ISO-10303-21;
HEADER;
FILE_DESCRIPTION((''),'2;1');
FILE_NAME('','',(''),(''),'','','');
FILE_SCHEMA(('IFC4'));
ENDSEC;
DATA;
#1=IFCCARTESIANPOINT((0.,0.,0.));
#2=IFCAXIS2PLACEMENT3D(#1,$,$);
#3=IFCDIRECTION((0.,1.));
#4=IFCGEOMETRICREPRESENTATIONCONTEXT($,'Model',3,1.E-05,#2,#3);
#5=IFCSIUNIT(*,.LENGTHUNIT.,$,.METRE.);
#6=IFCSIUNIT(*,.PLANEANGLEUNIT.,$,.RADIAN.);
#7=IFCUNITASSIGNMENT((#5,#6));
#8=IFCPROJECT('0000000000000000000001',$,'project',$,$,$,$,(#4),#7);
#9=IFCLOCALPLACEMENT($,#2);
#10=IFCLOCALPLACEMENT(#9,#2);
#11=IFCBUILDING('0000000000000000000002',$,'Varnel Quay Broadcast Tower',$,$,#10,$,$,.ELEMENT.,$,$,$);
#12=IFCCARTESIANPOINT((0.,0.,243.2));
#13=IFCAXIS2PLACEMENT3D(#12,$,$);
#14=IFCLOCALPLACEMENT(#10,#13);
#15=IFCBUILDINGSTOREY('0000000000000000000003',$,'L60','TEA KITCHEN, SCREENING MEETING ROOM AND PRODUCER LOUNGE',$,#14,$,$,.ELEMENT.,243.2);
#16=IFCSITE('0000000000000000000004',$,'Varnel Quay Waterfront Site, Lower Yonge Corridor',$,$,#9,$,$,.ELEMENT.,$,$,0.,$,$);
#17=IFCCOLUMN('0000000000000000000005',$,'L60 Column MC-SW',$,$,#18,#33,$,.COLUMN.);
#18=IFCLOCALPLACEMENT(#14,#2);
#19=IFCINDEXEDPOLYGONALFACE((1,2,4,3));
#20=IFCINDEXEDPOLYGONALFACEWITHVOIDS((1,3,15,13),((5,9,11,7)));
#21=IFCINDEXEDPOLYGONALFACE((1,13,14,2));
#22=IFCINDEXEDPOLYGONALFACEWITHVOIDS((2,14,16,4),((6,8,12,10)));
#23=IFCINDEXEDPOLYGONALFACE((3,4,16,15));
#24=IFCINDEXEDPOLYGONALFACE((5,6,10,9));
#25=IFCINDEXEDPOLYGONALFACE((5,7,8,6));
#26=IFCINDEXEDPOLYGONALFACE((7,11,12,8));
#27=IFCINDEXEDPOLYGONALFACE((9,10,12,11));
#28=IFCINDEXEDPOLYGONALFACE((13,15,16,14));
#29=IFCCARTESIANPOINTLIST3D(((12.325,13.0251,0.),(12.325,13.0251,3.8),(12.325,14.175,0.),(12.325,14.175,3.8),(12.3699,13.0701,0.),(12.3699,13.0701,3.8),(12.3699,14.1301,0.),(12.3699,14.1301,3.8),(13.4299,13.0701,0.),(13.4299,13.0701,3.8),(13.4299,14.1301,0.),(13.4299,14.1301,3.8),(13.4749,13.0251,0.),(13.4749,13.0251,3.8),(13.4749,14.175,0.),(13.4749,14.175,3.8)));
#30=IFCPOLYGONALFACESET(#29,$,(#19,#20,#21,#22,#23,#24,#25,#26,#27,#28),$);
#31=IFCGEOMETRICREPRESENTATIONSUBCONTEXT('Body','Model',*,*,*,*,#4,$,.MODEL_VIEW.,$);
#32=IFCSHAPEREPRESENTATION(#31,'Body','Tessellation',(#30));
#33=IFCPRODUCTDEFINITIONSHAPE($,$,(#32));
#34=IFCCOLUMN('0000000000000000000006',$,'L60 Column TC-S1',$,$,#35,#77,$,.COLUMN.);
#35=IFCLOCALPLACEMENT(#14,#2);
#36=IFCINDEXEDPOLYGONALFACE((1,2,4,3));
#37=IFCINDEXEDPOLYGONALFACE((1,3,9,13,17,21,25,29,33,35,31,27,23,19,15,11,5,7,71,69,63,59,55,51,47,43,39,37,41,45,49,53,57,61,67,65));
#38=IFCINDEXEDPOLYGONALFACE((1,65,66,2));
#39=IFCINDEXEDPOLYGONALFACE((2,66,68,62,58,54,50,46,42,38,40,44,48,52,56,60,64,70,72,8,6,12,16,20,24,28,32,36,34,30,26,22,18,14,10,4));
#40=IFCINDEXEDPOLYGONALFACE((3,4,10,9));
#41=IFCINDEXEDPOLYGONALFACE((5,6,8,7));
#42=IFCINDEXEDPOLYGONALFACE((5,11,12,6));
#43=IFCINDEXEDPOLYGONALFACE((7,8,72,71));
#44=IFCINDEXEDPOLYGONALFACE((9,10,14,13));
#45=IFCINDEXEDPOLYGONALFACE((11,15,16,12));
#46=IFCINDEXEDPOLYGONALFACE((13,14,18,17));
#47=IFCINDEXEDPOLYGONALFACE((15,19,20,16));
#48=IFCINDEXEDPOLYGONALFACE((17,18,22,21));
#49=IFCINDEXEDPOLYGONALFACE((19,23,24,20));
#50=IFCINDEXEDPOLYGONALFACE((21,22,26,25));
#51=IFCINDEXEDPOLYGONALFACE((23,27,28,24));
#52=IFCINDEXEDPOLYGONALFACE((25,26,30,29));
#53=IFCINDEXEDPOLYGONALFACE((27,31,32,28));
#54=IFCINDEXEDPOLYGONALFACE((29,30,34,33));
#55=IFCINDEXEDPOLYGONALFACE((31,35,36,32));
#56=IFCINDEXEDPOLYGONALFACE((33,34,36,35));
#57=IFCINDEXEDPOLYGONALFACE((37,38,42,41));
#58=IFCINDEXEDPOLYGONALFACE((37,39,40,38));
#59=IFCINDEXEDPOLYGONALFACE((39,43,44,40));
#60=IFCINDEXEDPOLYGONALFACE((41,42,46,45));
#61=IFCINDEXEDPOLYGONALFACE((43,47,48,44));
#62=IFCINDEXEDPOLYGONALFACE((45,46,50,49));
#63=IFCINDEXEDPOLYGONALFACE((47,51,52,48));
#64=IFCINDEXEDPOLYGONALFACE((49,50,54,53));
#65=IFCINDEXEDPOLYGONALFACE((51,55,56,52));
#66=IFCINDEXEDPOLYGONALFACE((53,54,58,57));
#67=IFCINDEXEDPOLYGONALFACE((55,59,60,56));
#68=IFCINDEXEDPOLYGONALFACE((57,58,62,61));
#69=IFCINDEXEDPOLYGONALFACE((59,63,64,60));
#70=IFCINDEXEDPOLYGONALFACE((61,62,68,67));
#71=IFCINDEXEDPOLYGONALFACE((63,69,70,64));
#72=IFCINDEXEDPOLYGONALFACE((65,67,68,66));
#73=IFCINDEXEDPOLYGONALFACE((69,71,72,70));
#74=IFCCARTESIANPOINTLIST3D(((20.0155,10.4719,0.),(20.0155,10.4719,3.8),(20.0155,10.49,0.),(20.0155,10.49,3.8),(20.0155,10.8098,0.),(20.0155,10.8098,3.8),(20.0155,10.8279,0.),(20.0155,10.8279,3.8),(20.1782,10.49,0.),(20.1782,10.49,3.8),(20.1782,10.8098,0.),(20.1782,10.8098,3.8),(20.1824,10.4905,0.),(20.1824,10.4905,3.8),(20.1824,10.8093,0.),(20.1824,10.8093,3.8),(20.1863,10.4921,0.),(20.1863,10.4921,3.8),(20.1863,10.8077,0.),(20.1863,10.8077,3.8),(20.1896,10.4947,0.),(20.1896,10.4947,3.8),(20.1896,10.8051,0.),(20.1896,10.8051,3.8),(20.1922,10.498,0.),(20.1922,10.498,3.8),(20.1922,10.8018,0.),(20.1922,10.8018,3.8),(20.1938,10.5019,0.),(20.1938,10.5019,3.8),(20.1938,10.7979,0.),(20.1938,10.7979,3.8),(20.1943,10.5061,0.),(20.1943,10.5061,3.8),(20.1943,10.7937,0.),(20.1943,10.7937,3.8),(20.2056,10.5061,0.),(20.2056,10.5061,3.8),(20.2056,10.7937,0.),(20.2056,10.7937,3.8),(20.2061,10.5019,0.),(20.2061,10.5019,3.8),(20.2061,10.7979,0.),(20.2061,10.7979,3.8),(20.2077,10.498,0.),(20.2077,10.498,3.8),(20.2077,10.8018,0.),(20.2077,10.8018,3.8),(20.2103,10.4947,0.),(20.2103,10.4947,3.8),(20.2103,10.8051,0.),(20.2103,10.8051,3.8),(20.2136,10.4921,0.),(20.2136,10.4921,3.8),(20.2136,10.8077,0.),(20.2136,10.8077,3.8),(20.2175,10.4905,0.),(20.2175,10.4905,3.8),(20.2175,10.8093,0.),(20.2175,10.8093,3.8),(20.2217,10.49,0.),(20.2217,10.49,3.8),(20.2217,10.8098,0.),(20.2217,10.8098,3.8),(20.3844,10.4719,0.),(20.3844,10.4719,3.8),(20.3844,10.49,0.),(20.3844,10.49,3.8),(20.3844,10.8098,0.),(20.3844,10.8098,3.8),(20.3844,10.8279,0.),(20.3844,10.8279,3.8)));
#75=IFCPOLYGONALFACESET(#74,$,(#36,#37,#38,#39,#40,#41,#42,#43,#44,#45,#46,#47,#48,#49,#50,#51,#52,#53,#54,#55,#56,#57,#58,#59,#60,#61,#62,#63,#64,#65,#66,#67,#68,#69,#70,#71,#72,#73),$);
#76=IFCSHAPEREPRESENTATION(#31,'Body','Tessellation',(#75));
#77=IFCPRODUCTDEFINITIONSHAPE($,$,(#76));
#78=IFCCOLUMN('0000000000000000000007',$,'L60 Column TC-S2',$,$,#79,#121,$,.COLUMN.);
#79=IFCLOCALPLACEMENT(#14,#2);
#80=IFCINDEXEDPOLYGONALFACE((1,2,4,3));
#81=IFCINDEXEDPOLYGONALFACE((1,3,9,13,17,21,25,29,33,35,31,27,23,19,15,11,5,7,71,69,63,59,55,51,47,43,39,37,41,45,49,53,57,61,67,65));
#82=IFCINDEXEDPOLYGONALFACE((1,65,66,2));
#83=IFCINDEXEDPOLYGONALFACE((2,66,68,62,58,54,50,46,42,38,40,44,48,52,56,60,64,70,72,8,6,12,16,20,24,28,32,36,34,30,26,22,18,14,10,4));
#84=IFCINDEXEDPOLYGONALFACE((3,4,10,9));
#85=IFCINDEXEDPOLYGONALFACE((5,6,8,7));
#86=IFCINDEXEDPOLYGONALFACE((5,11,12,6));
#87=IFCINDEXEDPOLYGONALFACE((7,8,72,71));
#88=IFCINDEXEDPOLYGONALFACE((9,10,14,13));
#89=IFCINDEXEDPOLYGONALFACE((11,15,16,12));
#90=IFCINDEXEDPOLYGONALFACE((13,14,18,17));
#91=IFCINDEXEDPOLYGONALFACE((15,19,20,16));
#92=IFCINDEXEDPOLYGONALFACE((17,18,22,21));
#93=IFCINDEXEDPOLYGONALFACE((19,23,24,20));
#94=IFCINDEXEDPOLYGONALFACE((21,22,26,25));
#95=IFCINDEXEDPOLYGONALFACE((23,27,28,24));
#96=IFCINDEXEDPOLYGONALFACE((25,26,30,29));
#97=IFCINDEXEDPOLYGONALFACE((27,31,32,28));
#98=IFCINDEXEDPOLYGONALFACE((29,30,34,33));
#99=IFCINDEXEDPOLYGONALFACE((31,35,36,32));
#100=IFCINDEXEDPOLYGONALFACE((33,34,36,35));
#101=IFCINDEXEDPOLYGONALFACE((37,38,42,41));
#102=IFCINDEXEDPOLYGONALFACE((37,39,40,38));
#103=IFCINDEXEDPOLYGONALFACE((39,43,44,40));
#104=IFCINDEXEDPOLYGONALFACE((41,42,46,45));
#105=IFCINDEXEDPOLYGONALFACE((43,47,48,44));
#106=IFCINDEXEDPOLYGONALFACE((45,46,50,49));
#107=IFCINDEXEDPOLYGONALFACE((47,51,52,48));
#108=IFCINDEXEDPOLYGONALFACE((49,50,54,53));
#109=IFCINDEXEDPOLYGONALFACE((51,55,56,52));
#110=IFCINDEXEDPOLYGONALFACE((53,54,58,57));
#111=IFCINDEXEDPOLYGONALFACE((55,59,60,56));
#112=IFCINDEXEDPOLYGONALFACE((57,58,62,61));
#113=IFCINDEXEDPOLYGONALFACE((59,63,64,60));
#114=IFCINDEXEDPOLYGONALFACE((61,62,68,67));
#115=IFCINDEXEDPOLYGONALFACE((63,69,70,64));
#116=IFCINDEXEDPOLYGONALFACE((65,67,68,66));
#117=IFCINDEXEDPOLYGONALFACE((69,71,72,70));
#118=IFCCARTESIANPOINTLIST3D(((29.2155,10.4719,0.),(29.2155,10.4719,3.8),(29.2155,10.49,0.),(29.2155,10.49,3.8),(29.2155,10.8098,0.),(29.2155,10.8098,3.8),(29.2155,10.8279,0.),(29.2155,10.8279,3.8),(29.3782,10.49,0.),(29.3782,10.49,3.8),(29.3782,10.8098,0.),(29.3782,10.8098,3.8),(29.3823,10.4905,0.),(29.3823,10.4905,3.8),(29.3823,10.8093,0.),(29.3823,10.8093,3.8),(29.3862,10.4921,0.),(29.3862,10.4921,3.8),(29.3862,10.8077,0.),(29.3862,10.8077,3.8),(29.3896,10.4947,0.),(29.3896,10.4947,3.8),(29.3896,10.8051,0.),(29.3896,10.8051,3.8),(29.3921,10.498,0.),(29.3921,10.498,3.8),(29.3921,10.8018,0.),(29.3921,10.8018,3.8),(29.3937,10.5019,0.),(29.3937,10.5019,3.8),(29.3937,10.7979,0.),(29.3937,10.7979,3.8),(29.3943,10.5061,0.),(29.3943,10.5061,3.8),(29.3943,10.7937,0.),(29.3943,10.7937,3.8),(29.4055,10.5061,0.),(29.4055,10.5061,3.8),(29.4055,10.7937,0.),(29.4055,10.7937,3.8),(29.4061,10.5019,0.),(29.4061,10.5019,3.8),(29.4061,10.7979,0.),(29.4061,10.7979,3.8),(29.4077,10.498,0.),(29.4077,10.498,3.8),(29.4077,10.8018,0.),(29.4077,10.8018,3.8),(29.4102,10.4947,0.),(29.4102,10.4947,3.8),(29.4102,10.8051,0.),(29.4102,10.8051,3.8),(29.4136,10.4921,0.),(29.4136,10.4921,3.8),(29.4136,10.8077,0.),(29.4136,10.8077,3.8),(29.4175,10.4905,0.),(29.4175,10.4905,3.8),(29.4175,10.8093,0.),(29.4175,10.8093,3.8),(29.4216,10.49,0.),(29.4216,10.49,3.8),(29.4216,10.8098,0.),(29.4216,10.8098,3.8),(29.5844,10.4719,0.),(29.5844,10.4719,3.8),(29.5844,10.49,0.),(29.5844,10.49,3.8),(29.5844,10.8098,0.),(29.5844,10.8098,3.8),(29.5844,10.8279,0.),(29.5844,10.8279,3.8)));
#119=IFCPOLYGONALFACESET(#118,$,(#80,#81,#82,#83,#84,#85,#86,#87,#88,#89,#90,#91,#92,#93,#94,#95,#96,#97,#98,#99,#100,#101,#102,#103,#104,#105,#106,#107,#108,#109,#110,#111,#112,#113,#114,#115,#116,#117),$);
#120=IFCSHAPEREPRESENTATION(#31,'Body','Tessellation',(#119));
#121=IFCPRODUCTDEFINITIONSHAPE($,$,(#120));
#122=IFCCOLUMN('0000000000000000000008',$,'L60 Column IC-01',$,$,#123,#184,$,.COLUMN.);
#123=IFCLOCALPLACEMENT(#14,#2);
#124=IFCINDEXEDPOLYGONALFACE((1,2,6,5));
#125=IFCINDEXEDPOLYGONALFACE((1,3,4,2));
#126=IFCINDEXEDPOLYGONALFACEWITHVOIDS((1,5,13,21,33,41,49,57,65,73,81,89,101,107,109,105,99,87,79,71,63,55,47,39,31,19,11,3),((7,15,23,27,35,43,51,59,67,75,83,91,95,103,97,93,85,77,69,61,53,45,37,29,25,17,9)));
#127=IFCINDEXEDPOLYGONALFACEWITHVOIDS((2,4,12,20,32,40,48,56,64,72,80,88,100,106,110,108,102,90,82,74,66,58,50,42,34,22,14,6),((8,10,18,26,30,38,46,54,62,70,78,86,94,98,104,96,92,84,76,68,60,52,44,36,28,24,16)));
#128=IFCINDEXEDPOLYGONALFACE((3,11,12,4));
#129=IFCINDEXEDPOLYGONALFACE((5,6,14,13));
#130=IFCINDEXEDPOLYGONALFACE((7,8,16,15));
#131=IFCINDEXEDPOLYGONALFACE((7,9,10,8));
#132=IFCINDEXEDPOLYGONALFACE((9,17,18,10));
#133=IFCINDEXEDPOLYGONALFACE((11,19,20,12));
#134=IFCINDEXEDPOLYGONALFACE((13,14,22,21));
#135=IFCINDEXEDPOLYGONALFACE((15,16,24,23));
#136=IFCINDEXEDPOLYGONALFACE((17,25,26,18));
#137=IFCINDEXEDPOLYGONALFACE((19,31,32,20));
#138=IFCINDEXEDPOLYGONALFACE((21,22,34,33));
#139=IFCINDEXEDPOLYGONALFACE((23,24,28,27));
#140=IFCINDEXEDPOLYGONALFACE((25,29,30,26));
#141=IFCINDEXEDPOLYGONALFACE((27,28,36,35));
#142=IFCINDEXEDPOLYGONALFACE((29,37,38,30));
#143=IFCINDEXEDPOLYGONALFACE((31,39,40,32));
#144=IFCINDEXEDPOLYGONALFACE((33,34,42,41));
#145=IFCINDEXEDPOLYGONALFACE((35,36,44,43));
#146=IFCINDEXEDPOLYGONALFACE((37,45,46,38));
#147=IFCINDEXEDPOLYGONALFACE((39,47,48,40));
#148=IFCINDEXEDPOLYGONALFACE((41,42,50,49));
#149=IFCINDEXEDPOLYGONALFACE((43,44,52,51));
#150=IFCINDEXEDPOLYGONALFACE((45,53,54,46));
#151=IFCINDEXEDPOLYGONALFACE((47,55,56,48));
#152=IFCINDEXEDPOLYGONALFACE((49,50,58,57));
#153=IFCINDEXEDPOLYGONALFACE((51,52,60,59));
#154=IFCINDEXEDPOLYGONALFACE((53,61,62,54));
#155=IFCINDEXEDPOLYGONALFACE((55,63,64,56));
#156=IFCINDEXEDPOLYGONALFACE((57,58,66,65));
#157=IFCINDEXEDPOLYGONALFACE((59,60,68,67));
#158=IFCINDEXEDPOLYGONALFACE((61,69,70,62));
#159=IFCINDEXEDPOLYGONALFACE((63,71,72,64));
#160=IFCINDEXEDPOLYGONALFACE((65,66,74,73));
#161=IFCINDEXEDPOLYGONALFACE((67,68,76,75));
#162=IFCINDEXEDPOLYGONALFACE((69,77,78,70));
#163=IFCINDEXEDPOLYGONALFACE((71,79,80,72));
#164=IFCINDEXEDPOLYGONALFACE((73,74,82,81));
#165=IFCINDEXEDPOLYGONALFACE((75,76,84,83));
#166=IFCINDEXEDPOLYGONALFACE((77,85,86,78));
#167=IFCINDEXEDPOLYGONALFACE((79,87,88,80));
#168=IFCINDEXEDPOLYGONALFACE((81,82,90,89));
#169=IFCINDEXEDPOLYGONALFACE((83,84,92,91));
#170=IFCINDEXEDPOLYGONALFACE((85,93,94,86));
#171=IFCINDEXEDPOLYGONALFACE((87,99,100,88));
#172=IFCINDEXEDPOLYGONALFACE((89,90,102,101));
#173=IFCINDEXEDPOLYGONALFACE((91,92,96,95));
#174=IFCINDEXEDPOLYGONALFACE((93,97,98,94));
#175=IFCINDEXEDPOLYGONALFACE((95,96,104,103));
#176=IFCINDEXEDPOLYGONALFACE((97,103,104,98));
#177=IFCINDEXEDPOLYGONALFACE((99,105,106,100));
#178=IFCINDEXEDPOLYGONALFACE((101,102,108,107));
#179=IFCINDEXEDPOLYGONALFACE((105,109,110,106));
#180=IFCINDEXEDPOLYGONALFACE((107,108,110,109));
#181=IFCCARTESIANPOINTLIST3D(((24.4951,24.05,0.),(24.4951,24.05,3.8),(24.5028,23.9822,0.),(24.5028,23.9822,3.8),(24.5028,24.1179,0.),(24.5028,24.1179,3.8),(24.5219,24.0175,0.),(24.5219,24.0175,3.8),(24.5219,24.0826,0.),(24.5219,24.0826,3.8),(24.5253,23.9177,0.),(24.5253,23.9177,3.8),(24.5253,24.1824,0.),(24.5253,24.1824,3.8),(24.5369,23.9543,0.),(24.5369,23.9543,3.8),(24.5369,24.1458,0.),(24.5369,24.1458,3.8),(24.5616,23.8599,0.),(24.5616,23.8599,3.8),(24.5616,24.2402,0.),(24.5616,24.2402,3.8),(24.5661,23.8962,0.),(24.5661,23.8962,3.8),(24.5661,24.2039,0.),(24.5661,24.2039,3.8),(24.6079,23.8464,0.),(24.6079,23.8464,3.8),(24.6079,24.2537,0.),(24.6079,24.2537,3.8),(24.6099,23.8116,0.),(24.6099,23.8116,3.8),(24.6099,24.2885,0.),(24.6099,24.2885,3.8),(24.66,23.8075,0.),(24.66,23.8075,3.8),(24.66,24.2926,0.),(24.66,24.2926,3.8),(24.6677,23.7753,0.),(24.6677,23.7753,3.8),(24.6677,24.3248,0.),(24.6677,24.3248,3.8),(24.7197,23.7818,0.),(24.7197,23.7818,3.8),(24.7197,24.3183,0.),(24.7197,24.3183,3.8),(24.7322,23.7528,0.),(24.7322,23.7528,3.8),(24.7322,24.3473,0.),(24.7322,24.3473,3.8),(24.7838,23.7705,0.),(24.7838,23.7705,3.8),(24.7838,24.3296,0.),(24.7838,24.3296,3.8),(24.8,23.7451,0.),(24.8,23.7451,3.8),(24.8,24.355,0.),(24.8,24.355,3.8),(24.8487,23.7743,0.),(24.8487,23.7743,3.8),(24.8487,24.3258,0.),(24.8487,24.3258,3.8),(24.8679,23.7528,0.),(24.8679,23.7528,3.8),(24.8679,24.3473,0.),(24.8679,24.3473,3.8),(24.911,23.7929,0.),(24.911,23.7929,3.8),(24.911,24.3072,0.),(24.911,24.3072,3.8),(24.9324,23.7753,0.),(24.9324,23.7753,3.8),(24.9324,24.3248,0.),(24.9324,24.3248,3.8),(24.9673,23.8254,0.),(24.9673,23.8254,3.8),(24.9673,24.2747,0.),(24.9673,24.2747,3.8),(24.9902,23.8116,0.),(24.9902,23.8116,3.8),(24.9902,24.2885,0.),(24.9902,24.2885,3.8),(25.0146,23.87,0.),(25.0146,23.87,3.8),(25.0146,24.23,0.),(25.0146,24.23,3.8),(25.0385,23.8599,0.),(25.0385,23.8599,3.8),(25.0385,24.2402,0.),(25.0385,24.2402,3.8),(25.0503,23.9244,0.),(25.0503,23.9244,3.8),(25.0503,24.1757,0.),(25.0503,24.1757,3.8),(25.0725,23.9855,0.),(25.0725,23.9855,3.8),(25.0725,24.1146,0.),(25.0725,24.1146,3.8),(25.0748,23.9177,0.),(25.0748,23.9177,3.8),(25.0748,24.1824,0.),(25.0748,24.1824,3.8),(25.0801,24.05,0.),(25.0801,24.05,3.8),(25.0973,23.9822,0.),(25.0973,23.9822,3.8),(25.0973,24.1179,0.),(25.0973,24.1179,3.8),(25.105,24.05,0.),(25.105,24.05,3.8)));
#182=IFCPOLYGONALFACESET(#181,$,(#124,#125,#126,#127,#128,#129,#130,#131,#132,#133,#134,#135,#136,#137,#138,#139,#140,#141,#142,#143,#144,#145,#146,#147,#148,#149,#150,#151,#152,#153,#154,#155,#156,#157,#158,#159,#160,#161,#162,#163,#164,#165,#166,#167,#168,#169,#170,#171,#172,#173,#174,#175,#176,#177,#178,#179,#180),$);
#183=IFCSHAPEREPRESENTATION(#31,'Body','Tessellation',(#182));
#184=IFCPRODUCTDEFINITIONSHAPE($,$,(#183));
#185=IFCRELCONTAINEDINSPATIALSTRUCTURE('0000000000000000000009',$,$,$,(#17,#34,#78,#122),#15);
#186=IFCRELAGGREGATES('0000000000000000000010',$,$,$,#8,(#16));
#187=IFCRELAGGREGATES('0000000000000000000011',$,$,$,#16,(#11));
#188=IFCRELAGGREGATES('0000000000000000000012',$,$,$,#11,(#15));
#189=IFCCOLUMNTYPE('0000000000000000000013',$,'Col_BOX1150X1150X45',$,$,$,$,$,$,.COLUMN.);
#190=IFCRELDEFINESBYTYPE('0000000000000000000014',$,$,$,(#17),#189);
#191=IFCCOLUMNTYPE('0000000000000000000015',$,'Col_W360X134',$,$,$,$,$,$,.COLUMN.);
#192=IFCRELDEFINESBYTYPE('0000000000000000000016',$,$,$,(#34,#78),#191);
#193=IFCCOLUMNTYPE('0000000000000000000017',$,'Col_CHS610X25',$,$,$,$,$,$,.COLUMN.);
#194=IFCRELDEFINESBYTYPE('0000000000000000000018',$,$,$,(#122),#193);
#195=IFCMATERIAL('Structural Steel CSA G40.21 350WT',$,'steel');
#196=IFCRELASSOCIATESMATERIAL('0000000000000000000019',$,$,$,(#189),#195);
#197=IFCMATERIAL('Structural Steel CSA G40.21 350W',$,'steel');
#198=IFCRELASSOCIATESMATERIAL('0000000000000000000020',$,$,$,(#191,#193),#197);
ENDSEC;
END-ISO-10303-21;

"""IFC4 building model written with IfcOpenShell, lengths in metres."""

from ifc_helpers import new_model, si_unit, direction, frame, origin, origin_2d, place, context, subcontext, project, spatial, hollow_rectangle, hollow_circle, i_section, extrude, source, transform, mapped, material, material_profile, profile_set, type_object, type_shapes, element, save


model = new_model("IFC4")

# Units and contexts
model_context = context("Model", 3, precision=1e-05, world=origin(), true_north=direction((0.0, 1.0)))
body_context = subcontext(model_context, "Body", "Model", "MODEL_VIEW")
ifc_project = project(units=[si_unit("LENGTHUNIT", "METRE"), si_unit("PLANEANGLEUNIT", "RADIAN")], contexts=[model_context])

# Site, building, storey
site_placement = place(None, origin())
site = spatial("IfcSite", under=ifc_project, at=site_placement, Name="Varnel Quay Waterfront Site, Lower Yonge Corridor", CompositionType="ELEMENT", RefElevation=0.0)
building_placement = place(site_placement, origin())
building = spatial("IfcBuilding", under=site, at=building_placement, Name="Varnel Quay Broadcast Tower", CompositionType="ELEMENT")
storey_placement = place(building_placement, frame((0.0, 0.0, 243.2)))
storey = spatial("IfcBuildingStorey", under=building, at=storey_placement, Name="L60", Description="TEA KITCHEN, SCREENING MEETING ROOM AND PRODUCER LOUNGE", CompositionType="ELEMENT", Elevation=243.2)

# Columns
ifc_material_1 = material(Name="Structural Steel CSA G40.21 350WT", Category="steel")
ifc_material_profile_1 = material_profile(ifc_material_1, hollow_rectangle(XDim=1.1499, YDim=1.1499, WallThickness=0.0449, at=origin_2d()), Name="BOX1150X1150X45")
ifc_profile_set_1 = profile_set([ifc_material_profile_1], Name="Structural Steel CSA G40.21 350WT")
column_type_1 = type_object("IfcColumnType", Name="Col_BOX1150X1150X45", PredefinedType="COLUMN", material=ifc_profile_set_1)
shared_shape_1 = source(origin(), body_context, "Body", "SweptSolid", [
    extrude(hollow_rectangle(XDim=1.1499, YDim=1.1499, WallThickness=0.0449, at=origin_2d()), origin(), (0.0, 0.0, 1.0), 3.8),
])
type_shapes(column_type_1, [shared_shape_1])
column_1_placement = place(storey_placement, frame((12.8999, 13.6001, 0.0), z_axis=(0.0, 0.0, 1.0), x_axis=(1.0, 0.0, 0.0)))
element("IfcColumn", 1, at=column_1_placement, inside=storey, type_object=column_type_1, Name="L60 Column MC-SW", PredefinedType="COLUMN", context=body_context, shape_type="MappedRepresentation", body=[
    mapped(shared_shape_1, transform((0.0, 0.0, 0.0), x_axis=(1.0, 0.0, 0.0), y_axis=(0.0, 1.0, 0.0), z_axis=(0.0, 0.0, 1.0), scale=1.0)),
])
ifc_material_2 = material(Name="Structural Steel CSA G40.21 350W", Category="steel")
ifc_material_profile_2 = material_profile(ifc_material_2, i_section(OverallWidth=0.3689, OverallDepth=0.356, WebThickness=0.0112, FlangeThickness=0.0181, FilletRadius=0.0161, at=origin_2d()), Name="W360X134")
ifc_profile_set_2 = profile_set([ifc_material_profile_2], Name="Structural Steel CSA G40.21 350W")
column_type_2 = type_object("IfcColumnType", Name="Col_W360X134", PredefinedType="COLUMN", material=ifc_profile_set_2)
shared_shape_2 = source(origin(), body_context, "Body", "SweptSolid", [
    extrude(i_section(OverallWidth=0.3689, OverallDepth=0.356, WebThickness=0.0112, FlangeThickness=0.0181, FilletRadius=0.0161, at=origin_2d()), origin(), (0.0, 0.0, 1.0), 3.8),
])
type_shapes(column_type_2, [shared_shape_2])
for number, where, z_axis, x_axis, name in (
    (2, (20.2, 10.6499, 0.0), (0.0, 0.0, 1.0), (1.0, 0.0, 0.0), "L60 Column TC-S1"),
    (3, (29.3999, 10.6499, 0.0), (0.0, 0.0, 1.0), (1.0, 0.0, 0.0), "L60 Column TC-S2"),
):
    element("IfcColumn", number, at=place(storey_placement, frame(where, z_axis=z_axis, x_axis=x_axis)), inside=storey, type_object=column_type_2, Name=name, PredefinedType="COLUMN", context=body_context, shape_type="MappedRepresentation", body=[
        mapped(shared_shape_2, transform((0.0, 0.0, 0.0), x_axis=(1.0, 0.0, 0.0), y_axis=(0.0, 1.0, 0.0), z_axis=(0.0, 0.0, 1.0), scale=1.0)),
    ])
ifc_material_profile_3 = material_profile(ifc_material_2, hollow_circle(Radius=0.3049, WallThickness=0.0249, at=origin_2d()), Name="CHS610X25")
ifc_profile_set_3 = profile_set([ifc_material_profile_3], Name="Structural Steel CSA G40.21 350W")
column_type_3 = type_object("IfcColumnType", Name="Col_CHS610X25", PredefinedType="COLUMN", material=ifc_profile_set_3)
shared_shape_3 = source(origin(), body_context, "Body", "SweptSolid", [
    extrude(hollow_circle(Radius=0.3049, WallThickness=0.0249, at=origin_2d()), origin(), (0.0, 0.0, 1.0), 3.8),
])
type_shapes(column_type_3, [shared_shape_3])
column_2_placement = place(storey_placement, frame((24.8, 24.05, 0.0), z_axis=(0.0, 0.0, 1.0), x_axis=(1.0, 0.0, 0.0)))
element("IfcColumn", 4, at=column_2_placement, inside=storey, type_object=column_type_3, Name="L60 Column IC-01", PredefinedType="COLUMN", context=body_context, shape_type="MappedRepresentation", body=[
    mapped(shared_shape_3, transform((0.0, 0.0, 0.0), x_axis=(1.0, 0.0, 0.0), y_axis=(0.0, 1.0, 0.0), z_axis=(0.0, 0.0, 1.0), scale=1.0)),
])

save(model, "model.ifc")
